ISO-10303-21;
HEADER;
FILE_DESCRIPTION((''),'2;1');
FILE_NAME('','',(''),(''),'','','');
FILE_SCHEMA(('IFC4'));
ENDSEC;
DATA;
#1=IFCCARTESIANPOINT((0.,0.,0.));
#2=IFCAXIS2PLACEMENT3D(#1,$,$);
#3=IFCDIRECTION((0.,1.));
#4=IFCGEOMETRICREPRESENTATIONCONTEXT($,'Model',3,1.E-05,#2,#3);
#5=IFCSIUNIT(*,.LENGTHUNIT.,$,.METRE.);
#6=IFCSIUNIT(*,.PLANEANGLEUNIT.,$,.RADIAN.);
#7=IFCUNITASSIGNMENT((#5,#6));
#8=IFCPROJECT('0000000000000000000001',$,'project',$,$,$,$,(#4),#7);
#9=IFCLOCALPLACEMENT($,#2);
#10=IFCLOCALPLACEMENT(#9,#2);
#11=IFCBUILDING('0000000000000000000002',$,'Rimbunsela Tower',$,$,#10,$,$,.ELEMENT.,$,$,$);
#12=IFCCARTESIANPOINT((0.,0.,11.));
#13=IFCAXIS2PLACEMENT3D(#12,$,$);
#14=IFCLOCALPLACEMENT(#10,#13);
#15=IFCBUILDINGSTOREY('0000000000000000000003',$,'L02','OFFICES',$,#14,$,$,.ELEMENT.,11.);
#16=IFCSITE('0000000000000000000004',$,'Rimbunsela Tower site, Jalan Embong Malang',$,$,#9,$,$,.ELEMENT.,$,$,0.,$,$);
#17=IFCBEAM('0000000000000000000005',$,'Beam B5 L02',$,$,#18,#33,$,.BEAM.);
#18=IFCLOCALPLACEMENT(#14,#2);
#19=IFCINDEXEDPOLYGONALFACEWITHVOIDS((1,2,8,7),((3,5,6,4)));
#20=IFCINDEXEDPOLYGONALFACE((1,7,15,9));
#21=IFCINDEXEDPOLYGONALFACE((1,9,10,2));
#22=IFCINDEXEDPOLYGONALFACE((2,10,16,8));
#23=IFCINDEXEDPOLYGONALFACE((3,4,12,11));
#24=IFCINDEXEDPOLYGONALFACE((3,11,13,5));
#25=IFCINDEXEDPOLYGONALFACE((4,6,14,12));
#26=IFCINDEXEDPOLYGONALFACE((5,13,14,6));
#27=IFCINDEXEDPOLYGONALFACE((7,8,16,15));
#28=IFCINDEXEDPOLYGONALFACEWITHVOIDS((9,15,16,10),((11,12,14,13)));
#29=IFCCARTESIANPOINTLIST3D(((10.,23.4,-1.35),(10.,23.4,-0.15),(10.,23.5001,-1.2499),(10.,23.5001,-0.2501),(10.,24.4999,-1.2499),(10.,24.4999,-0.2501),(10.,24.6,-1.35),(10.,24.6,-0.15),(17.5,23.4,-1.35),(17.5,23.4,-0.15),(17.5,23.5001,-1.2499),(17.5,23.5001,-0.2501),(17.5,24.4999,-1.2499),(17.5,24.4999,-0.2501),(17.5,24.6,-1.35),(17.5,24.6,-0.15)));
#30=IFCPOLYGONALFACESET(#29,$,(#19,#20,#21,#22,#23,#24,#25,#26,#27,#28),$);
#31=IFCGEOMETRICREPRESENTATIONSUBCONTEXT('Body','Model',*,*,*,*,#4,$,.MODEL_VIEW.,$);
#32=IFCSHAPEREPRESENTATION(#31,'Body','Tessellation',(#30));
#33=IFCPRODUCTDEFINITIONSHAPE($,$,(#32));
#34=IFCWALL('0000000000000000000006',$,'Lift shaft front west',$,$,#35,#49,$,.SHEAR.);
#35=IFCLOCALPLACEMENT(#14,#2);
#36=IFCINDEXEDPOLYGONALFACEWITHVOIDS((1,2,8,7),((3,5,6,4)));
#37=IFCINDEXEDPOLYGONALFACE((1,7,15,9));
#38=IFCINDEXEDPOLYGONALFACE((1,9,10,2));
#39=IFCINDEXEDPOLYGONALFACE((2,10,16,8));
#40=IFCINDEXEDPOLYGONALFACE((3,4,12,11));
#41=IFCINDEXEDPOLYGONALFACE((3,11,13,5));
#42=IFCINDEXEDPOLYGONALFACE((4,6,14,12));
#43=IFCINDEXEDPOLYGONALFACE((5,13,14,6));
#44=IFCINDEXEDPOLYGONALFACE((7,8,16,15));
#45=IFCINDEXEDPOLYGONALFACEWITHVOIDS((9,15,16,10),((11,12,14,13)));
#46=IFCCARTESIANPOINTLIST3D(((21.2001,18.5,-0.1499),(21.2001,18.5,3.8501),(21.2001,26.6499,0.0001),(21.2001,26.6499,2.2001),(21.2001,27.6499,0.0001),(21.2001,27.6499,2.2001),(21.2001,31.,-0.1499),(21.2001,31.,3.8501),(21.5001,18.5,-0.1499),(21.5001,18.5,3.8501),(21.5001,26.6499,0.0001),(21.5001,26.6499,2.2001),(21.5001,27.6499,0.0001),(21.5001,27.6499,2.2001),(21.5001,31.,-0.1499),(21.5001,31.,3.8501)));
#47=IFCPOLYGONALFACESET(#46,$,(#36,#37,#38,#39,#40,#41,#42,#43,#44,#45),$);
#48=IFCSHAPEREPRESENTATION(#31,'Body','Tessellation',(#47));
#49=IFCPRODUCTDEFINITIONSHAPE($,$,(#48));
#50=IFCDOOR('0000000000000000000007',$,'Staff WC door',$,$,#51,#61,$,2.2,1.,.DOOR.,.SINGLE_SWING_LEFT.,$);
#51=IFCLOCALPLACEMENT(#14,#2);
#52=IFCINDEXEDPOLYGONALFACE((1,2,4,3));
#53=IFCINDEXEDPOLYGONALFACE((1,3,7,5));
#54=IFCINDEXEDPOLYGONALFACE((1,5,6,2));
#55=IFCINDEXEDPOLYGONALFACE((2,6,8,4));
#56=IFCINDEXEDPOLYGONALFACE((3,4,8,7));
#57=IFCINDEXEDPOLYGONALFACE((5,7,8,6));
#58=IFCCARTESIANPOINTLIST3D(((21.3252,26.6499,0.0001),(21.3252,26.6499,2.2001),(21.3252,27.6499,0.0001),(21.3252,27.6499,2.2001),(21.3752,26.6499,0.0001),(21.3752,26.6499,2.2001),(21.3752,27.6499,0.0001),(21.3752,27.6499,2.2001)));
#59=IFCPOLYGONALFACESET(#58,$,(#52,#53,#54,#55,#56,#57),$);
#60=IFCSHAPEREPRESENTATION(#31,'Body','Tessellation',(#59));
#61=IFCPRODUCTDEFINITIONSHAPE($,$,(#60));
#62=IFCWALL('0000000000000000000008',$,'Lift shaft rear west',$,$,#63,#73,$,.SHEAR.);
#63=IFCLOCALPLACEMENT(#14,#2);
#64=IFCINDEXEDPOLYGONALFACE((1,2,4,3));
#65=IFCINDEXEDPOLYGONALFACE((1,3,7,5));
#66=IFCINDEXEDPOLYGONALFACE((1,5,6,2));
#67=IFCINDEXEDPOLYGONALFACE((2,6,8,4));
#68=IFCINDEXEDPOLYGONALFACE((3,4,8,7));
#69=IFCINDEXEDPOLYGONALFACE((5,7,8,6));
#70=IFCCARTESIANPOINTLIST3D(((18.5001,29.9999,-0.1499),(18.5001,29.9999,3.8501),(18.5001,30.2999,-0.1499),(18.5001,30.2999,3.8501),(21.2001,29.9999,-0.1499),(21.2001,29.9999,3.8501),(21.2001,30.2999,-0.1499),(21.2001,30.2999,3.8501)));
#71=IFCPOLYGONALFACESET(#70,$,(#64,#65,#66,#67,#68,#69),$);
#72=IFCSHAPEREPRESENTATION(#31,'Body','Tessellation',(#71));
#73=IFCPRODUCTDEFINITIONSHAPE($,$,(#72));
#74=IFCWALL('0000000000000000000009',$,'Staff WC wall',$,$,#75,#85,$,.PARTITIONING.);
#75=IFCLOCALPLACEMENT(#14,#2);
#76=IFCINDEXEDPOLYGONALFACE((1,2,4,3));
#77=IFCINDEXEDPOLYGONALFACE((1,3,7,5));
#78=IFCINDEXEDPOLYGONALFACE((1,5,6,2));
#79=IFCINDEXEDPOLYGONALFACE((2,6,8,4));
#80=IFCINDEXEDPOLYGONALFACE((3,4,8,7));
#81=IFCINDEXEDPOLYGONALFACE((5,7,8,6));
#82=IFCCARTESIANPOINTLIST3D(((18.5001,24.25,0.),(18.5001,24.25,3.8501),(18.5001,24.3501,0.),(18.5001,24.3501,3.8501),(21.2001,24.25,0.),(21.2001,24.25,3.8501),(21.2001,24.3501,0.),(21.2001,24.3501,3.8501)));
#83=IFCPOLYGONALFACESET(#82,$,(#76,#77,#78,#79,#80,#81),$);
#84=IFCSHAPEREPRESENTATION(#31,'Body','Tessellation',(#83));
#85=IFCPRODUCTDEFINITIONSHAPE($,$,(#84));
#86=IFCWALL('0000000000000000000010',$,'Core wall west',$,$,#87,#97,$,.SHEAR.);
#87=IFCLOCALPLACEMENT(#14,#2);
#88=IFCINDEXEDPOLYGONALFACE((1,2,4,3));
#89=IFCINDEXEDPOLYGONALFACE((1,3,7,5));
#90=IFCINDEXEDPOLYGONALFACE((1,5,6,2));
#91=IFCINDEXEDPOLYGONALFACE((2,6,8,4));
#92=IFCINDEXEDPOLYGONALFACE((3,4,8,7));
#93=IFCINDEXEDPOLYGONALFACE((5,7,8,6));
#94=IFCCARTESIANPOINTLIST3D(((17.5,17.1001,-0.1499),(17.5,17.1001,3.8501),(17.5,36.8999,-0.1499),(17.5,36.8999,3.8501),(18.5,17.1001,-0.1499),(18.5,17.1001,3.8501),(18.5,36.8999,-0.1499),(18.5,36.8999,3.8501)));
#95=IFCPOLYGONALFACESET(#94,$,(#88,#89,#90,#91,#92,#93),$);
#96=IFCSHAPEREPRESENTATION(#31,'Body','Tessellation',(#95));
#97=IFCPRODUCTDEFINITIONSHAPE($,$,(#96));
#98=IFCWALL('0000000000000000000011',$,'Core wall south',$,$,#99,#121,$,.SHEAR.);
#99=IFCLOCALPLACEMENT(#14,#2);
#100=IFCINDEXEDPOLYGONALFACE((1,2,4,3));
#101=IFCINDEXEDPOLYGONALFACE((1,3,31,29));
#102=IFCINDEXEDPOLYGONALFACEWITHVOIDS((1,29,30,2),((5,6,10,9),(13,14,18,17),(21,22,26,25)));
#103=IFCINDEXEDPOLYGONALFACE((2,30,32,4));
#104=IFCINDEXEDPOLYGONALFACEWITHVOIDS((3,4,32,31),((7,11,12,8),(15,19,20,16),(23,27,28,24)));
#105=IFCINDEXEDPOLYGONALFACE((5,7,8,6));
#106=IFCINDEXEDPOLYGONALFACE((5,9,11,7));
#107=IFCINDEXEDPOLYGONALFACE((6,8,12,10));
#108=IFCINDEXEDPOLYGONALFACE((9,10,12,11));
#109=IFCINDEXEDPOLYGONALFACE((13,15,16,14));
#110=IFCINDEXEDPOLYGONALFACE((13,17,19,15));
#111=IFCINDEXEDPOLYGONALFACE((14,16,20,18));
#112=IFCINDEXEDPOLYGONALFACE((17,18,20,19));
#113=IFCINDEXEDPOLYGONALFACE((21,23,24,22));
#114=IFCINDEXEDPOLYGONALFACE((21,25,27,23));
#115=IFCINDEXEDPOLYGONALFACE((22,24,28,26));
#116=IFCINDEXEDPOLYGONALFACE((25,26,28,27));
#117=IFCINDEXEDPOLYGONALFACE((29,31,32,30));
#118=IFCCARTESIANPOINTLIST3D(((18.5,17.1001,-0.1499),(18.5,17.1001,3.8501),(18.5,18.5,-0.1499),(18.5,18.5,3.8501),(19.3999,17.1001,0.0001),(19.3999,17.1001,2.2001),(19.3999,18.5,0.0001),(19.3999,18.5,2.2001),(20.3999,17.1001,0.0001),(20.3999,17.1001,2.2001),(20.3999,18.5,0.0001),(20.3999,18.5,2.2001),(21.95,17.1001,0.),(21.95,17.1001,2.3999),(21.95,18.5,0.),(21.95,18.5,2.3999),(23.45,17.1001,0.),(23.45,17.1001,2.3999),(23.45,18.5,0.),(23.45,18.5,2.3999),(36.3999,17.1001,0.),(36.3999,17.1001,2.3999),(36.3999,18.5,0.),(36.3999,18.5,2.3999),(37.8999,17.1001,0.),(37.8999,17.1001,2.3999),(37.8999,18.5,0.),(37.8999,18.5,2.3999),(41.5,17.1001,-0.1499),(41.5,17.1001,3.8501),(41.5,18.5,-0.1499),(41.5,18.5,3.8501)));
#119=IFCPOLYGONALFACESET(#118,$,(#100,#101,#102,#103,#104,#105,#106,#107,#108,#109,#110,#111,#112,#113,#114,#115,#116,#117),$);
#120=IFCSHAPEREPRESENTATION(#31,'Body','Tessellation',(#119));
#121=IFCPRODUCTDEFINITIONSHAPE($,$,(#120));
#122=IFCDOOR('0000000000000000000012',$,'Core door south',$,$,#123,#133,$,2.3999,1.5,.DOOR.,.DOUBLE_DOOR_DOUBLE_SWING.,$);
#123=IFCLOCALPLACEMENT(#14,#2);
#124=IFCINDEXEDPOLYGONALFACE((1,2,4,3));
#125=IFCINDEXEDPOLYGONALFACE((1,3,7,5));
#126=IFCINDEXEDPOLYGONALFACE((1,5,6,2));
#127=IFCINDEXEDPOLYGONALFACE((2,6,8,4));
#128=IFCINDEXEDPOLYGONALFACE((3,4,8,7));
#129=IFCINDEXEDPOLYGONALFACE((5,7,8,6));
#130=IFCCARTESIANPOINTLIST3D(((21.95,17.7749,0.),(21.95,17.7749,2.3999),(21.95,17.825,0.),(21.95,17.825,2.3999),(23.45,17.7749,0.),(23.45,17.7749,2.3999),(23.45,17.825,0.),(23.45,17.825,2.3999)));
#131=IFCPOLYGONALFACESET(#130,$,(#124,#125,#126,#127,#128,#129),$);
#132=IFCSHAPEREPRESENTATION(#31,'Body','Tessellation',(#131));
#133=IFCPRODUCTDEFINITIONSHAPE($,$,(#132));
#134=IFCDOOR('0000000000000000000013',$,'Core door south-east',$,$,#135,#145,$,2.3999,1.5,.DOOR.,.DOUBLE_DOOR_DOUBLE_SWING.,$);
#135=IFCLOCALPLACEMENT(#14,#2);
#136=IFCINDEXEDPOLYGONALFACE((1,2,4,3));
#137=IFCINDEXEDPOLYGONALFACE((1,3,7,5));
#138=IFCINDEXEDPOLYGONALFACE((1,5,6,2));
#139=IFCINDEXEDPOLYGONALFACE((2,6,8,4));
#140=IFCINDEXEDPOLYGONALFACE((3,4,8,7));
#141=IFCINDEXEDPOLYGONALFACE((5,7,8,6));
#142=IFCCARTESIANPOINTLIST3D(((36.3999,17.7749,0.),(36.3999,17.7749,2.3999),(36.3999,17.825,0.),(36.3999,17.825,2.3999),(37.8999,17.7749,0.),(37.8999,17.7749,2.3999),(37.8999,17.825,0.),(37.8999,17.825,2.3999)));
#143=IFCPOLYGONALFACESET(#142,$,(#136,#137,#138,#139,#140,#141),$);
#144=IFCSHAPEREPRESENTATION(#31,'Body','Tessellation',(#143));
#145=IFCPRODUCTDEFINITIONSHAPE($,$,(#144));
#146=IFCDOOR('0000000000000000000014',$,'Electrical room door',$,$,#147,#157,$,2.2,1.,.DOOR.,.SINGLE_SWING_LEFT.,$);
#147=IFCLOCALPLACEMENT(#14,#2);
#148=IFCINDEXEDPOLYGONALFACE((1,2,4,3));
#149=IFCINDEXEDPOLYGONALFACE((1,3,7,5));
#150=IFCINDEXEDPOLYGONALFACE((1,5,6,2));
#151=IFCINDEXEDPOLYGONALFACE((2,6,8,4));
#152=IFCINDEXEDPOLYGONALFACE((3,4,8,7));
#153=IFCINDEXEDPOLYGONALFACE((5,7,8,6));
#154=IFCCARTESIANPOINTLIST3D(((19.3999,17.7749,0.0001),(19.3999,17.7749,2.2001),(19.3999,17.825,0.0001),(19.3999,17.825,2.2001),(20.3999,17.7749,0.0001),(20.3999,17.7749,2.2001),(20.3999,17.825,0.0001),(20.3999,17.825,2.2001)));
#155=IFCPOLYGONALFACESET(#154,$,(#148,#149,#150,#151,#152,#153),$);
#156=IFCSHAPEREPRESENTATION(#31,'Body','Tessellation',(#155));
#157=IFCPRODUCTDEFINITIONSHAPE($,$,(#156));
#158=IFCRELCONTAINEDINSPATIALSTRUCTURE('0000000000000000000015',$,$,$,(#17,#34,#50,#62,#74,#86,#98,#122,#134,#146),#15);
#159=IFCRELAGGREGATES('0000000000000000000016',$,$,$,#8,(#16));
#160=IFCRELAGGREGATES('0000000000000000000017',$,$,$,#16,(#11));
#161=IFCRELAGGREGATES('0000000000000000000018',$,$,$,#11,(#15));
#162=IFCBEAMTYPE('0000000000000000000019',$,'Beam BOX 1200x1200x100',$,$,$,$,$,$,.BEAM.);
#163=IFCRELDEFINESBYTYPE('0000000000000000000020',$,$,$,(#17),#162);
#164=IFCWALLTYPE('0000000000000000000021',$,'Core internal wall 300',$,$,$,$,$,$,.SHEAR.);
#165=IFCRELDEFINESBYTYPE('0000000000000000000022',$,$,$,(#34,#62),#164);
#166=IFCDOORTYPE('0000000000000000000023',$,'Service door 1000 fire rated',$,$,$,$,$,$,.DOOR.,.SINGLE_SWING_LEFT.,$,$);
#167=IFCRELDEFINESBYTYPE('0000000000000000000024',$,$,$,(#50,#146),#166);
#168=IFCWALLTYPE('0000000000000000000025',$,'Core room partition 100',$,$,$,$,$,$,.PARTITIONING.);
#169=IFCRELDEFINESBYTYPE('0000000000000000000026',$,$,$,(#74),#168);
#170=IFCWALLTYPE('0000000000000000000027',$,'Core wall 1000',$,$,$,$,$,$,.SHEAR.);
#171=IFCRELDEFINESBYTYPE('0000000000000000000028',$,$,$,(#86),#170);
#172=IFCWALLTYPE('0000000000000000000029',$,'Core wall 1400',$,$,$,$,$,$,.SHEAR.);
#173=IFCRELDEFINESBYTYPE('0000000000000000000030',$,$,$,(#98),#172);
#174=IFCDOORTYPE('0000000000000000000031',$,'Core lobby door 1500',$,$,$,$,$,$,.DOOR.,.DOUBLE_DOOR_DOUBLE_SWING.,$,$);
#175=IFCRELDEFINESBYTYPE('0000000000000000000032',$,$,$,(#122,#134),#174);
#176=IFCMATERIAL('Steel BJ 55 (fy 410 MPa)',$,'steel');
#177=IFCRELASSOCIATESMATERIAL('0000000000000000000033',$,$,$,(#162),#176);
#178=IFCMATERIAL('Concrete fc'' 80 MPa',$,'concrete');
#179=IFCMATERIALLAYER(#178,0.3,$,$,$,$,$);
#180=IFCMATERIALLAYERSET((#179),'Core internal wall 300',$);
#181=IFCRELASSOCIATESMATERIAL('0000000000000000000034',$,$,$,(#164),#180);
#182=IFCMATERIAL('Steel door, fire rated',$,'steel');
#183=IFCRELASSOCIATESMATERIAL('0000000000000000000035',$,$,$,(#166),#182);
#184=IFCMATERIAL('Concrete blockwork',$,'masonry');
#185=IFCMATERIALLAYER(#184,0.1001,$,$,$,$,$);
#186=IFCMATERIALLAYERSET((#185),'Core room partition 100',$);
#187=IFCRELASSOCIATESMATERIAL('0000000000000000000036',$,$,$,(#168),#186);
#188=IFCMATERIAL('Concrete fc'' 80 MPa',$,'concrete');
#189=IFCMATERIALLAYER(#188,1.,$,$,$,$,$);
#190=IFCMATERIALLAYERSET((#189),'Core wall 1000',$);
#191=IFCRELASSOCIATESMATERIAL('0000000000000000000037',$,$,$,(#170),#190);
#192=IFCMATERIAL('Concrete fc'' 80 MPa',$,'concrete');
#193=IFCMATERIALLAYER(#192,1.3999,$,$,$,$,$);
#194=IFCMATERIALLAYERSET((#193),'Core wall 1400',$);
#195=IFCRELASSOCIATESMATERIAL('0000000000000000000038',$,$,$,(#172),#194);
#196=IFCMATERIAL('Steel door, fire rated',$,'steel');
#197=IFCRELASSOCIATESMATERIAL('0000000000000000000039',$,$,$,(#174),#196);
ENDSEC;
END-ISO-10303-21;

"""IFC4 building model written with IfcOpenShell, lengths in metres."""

from ifc_helpers import new_model, si_unit, direction, frame, frame_2d, origin, origin_2d, place, context, subcontext, project, spatial, rectangle, hollow_rectangle, extrude, material, layer, layer_set, material_profile, profile_set, type_object, element, fill, save


model = new_model("IFC4")

# Units and contexts
model_context = context("Model", 3, precision=1e-05, world=origin(), true_north=direction((0.0, 1.0)))
body_context = subcontext(model_context, "Body", "Model", "MODEL_VIEW")
ifc_project = project(units=[si_unit("LENGTHUNIT", "METRE"), si_unit("PLANEANGLEUNIT", "RADIAN")], contexts=[model_context])

# Site, building, storey
site_placement = place(None, origin())
site = spatial("IfcSite", under=ifc_project, at=site_placement, Name="Rimbunsela Tower site, Jalan Embong Malang", CompositionType="ELEMENT", RefElevation=0.0)
building_placement = place(site_placement, origin())
building = spatial("IfcBuilding", under=site, at=building_placement, Name="Rimbunsela Tower", CompositionType="ELEMENT")
storey_placement = place(building_placement, frame((0.0, 0.0, 11.0)))
storey = spatial("IfcBuildingStorey", under=building, at=storey_placement, Name="L02", Description="OFFICES", CompositionType="ELEMENT", Elevation=11.0)

# Beam
ifc_material_1 = material(Name="Steel BJ 55 (fy 410 MPa)", Category="steel")
ifc_material_profile = material_profile(ifc_material_1, hollow_rectangle(XDim=1.2, YDim=1.2, WallThickness=0.1001, at=origin_2d()), Name="BOX 1200x1200x100")
ifc_profile_set = profile_set([ifc_material_profile], Name="Steel BJ 55 (fy 410 MPa)")
beam_type = type_object("IfcBeamType", Name="Beam BOX 1200x1200x100", PredefinedType="BEAM", material=ifc_profile_set)
beam_placement = place(storey_placement, frame((10.0, 24.0, -0.75), z_axis=(1.0, 0.0, 0.0), x_axis=(0.0, 1.0, 0.0)))
element("IfcBeam", 1, at=beam_placement, inside=storey, type_object=beam_type, Name="Beam B5 L02", PredefinedType="BEAM", context=body_context, shape_type="SweptSolid", body=[
    extrude(hollow_rectangle(XDim=1.2, YDim=1.2, WallThickness=0.1001, at=origin_2d()), origin(), (0.0, 0.0, 1.0), 7.5),
])

# Wall, opening, door
ifc_material_2 = material(Name="Concrete fc' 80 MPa", Category="concrete")
ifc_layer_1 = layer(ifc_material_2, 0.3)
ifc_layer_set_1 = layer_set([ifc_layer_1], Name="Core internal wall 300")
wall_type_1 = type_object("IfcWallType", Name="Core internal wall 300", PredefinedType="SHEAR", material=ifc_layer_set_1)
wall_1_placement = place(storey_placement, frame((21.3501, 18.5, -0.1499), z_axis=(0.0, 0.0, 1.0), x_axis=(0.0, 1.0, 0.0)))
wall_1 = element("IfcWall", 2, at=wall_1_placement, inside=storey, type_object=wall_type_1, Name="Lift shaft front west", PredefinedType="SHEAR", context=body_context, shape_type="SweptSolid", body=[
    extrude(rectangle(XDim=12.5, YDim=0.3, at=frame_2d((6.25, 0.0))), origin(), (0.0, 0.0, 1.0), 4.0),
])
opening_1_placement = place(wall_1_placement, frame((8.1499, 0.0, 0.1499)))
opening_1 = element("IfcOpeningElement", 3, at=opening_1_placement, cuts=wall_1, PredefinedType="OPENING", context=body_context, shape_type="SweptSolid", body=[
    extrude(rectangle(XDim=1.0, YDim=2.2, at=frame_2d((0.5, 1.1001))), frame((0.0, 0.1599, 0.0), z_axis=(0.0, -1.0, 0.0), x_axis=(1.0, 0.0, 0.0)), (0.0, 0.0, 1.0), 0.3201),
])
ifc_material_3 = material(Name="Steel door, fire rated", Category="steel")
door_type_1 = type_object("IfcDoorType", Name="Service door 1000 fire rated", OperationType="SINGLE_SWING_LEFT", PredefinedType="DOOR", material=ifc_material_3)
door_1_placement = place(opening_1_placement, origin())
door_1 = element("IfcDoor", 4, at=door_1_placement, inside=storey, type_object=door_type_1, Name="Staff WC door", OperationType="SINGLE_SWING_LEFT", OverallHeight=2.2, OverallWidth=1.0, PredefinedType="DOOR", context=body_context, shape_type="SweptSolid", body=[
    extrude(rectangle(XDim=1.0, YDim=2.2, at=frame_2d((0.5, 1.1001))), frame((0.0, 0.0249, 0.0), z_axis=(0.0, -1.0, 0.0), x_axis=(1.0, 0.0, 0.0)), (0.0, 0.0, 1.0), 0.05),
])
fill(opening_1, door_1)

# Walls
wall_2_placement = place(storey_placement, frame((18.5, 30.1499, -0.1499), z_axis=(0.0, 0.0, 1.0), x_axis=(1.0, 0.0, 0.0)))
element("IfcWall", 5, at=wall_2_placement, inside=storey, type_object=wall_type_1, Name="Lift shaft rear west", PredefinedType="SHEAR", context=body_context, shape_type="SweptSolid", body=[
    extrude(rectangle(XDim=2.7, YDim=0.3, at=frame_2d((1.3501, 0.0))), origin(), (0.0, 0.0, 1.0), 4.0),
])
ifc_material_4 = material(Name="Concrete blockwork", Category="masonry")
ifc_layer_2 = layer(ifc_material_4, 0.1001)
ifc_layer_set_2 = layer_set([ifc_layer_2], Name="Core room partition 100")
wall_type_2 = type_object("IfcWallType", Name="Core room partition 100", PredefinedType="PARTITIONING", material=ifc_layer_set_2)
wall_3_placement = place(storey_placement, frame((18.5, 24.3, 0.0), z_axis=(0.0, 0.0, 1.0), x_axis=(1.0, 0.0, 0.0)))
element("IfcWall", 6, at=wall_3_placement, inside=storey, type_object=wall_type_2, Name="Staff WC wall", PredefinedType="PARTITIONING", context=body_context, shape_type="SweptSolid", body=[
    extrude(rectangle(XDim=2.7, YDim=0.1001, at=frame_2d((1.3501, 0.0))), origin(), (0.0, 0.0, 1.0), 3.8501),
])
ifc_material_5 = material(Name="Concrete fc' 80 MPa", Category="concrete")
ifc_layer_3 = layer(ifc_material_5, 1.0)
ifc_layer_set_3 = layer_set([ifc_layer_3], Name="Core wall 1000")
wall_type_3 = type_object("IfcWallType", Name="Core wall 1000", PredefinedType="SHEAR", material=ifc_layer_set_3)
wall_4_placement = place(storey_placement, frame((18.0, 17.1001, -0.1499), z_axis=(0.0, 0.0, 1.0), x_axis=(0.0, 1.0, 0.0)))
element("IfcWall", 7, at=wall_4_placement, inside=storey, type_object=wall_type_3, Name="Core wall west", PredefinedType="SHEAR", context=body_context, shape_type="SweptSolid", body=[
    extrude(rectangle(XDim=19.7998, YDim=1.0, at=frame_2d((9.8999, 0.0))), origin(), (0.0, 0.0, 1.0), 4.0),
])

# Wall, openings, doors
ifc_material_6 = material(Name="Concrete fc' 80 MPa", Category="concrete")
ifc_layer_4 = layer(ifc_material_6, 1.3999)
ifc_layer_set_4 = layer_set([ifc_layer_4], Name="Core wall 1400")
wall_type_4 = type_object("IfcWallType", Name="Core wall 1400", PredefinedType="SHEAR", material=ifc_layer_set_4)
wall_5_placement = place(storey_placement, frame((18.5, 17.8, -0.1499), z_axis=(0.0, 0.0, 1.0), x_axis=(1.0, 0.0, 0.0)))
wall_5 = element("IfcWall", 8, at=wall_5_placement, inside=storey, type_object=wall_type_4, Name="Core wall south", PredefinedType="SHEAR", context=body_context, shape_type="SweptSolid", body=[
    extrude(rectangle(XDim=23.0, YDim=1.3999, at=frame_2d((11.5, 0.0))), origin(), (0.0, 0.0, 1.0), 4.0),
])
opening_2_placement = place(wall_5_placement, frame((3.45, 0.0, 0.1499)))
opening_2 = element("IfcOpeningElement", 9, at=opening_2_placement, cuts=wall_5, PredefinedType="OPENING", context=body_context, shape_type="SweptSolid", body=[
    extrude(rectangle(XDim=1.5, YDim=2.3999, at=frame_2d((0.75, 1.2))), frame((0.0, 0.71, 0.0), z_axis=(0.0, -1.0, 0.0), x_axis=(1.0, 0.0, 0.0)), (0.0, 0.0, 1.0), 1.4199),
])
opening_3_placement = place(wall_5_placement, frame((17.8999, 0.0, 0.1499)))
opening_3 = element("IfcOpeningElement", 10, at=opening_3_placement, cuts=wall_5, PredefinedType="OPENING", context=body_context, shape_type="SweptSolid", body=[
    extrude(rectangle(XDim=1.5, YDim=2.3999, at=frame_2d((0.75, 1.2))), frame((0.0, 0.71, 0.0), z_axis=(0.0, -1.0, 0.0), x_axis=(1.0, 0.0, 0.0)), (0.0, 0.0, 1.0), 1.4199),
])
opening_4_placement = place(wall_5_placement, frame((0.8999, 0.0, 0.1499)))
opening_4 = element("IfcOpeningElement", 11, at=opening_4_placement, cuts=wall_5, PredefinedType="OPENING", context=body_context, shape_type="SweptSolid", body=[
    extrude(rectangle(XDim=1.0, YDim=2.2, at=frame_2d((0.5, 1.1001))), frame((0.0, 0.71, 0.0), z_axis=(0.0, -1.0, 0.0), x_axis=(1.0, 0.0, 0.0)), (0.0, 0.0, 1.0), 1.4199),
])
ifc_material_7 = material(Name="Steel door, fire rated", Category="steel")
door_type_2 = type_object("IfcDoorType", Name="Core lobby door 1500", OperationType="DOUBLE_DOOR_DOUBLE_SWING", PredefinedType="DOOR", material=ifc_material_7)
door_2_placement = place(opening_2_placement, origin())
door_2 = element("IfcDoor", 12, at=door_2_placement, inside=storey, type_object=door_type_2, Name="Core door south", OperationType="DOUBLE_DOOR_DOUBLE_SWING", OverallHeight=2.3999, OverallWidth=1.5, PredefinedType="DOOR", context=body_context, shape_type="SweptSolid", body=[
    extrude(rectangle(XDim=1.5, YDim=2.3999, at=frame_2d((0.75, 1.2))), frame((0.0, 0.0249, 0.0), z_axis=(0.0, -1.0, 0.0), x_axis=(1.0, 0.0, 0.0)), (0.0, 0.0, 1.0), 0.05),
])
fill(opening_2, door_2)
door_3_placement = place(opening_3_placement, origin())
door_3 = element("IfcDoor", 13, at=door_3_placement, inside=storey, type_object=door_type_2, Name="Core door south-east", OperationType="DOUBLE_DOOR_DOUBLE_SWING", OverallHeight=2.3999, OverallWidth=1.5, PredefinedType="DOOR", context=body_context, shape_type="SweptSolid", body=[
    extrude(rectangle(XDim=1.5, YDim=2.3999, at=frame_2d((0.75, 1.2))), frame((0.0, 0.0249, 0.0), z_axis=(0.0, -1.0, 0.0), x_axis=(1.0, 0.0, 0.0)), (0.0, 0.0, 1.0), 0.05),
])
fill(opening_3, door_3)
door_4_placement = place(opening_4_placement, origin())
door_4 = element("IfcDoor", 14, at=door_4_placement, inside=storey, type_object=door_type_1, Name="Electrical room door", OperationType="SINGLE_SWING_LEFT", OverallHeight=2.2, OverallWidth=1.0, PredefinedType="DOOR", context=body_context, shape_type="SweptSolid", body=[
    extrude(rectangle(XDim=1.0, YDim=2.2, at=frame_2d((0.5, 1.1001))), frame((0.0, 0.0249, 0.0), z_axis=(0.0, -1.0, 0.0), x_axis=(1.0, 0.0, 0.0)), (0.0, 0.0, 1.0), 0.05),
])
fill(opening_4, door_4)

save(model, "model.ifc")
